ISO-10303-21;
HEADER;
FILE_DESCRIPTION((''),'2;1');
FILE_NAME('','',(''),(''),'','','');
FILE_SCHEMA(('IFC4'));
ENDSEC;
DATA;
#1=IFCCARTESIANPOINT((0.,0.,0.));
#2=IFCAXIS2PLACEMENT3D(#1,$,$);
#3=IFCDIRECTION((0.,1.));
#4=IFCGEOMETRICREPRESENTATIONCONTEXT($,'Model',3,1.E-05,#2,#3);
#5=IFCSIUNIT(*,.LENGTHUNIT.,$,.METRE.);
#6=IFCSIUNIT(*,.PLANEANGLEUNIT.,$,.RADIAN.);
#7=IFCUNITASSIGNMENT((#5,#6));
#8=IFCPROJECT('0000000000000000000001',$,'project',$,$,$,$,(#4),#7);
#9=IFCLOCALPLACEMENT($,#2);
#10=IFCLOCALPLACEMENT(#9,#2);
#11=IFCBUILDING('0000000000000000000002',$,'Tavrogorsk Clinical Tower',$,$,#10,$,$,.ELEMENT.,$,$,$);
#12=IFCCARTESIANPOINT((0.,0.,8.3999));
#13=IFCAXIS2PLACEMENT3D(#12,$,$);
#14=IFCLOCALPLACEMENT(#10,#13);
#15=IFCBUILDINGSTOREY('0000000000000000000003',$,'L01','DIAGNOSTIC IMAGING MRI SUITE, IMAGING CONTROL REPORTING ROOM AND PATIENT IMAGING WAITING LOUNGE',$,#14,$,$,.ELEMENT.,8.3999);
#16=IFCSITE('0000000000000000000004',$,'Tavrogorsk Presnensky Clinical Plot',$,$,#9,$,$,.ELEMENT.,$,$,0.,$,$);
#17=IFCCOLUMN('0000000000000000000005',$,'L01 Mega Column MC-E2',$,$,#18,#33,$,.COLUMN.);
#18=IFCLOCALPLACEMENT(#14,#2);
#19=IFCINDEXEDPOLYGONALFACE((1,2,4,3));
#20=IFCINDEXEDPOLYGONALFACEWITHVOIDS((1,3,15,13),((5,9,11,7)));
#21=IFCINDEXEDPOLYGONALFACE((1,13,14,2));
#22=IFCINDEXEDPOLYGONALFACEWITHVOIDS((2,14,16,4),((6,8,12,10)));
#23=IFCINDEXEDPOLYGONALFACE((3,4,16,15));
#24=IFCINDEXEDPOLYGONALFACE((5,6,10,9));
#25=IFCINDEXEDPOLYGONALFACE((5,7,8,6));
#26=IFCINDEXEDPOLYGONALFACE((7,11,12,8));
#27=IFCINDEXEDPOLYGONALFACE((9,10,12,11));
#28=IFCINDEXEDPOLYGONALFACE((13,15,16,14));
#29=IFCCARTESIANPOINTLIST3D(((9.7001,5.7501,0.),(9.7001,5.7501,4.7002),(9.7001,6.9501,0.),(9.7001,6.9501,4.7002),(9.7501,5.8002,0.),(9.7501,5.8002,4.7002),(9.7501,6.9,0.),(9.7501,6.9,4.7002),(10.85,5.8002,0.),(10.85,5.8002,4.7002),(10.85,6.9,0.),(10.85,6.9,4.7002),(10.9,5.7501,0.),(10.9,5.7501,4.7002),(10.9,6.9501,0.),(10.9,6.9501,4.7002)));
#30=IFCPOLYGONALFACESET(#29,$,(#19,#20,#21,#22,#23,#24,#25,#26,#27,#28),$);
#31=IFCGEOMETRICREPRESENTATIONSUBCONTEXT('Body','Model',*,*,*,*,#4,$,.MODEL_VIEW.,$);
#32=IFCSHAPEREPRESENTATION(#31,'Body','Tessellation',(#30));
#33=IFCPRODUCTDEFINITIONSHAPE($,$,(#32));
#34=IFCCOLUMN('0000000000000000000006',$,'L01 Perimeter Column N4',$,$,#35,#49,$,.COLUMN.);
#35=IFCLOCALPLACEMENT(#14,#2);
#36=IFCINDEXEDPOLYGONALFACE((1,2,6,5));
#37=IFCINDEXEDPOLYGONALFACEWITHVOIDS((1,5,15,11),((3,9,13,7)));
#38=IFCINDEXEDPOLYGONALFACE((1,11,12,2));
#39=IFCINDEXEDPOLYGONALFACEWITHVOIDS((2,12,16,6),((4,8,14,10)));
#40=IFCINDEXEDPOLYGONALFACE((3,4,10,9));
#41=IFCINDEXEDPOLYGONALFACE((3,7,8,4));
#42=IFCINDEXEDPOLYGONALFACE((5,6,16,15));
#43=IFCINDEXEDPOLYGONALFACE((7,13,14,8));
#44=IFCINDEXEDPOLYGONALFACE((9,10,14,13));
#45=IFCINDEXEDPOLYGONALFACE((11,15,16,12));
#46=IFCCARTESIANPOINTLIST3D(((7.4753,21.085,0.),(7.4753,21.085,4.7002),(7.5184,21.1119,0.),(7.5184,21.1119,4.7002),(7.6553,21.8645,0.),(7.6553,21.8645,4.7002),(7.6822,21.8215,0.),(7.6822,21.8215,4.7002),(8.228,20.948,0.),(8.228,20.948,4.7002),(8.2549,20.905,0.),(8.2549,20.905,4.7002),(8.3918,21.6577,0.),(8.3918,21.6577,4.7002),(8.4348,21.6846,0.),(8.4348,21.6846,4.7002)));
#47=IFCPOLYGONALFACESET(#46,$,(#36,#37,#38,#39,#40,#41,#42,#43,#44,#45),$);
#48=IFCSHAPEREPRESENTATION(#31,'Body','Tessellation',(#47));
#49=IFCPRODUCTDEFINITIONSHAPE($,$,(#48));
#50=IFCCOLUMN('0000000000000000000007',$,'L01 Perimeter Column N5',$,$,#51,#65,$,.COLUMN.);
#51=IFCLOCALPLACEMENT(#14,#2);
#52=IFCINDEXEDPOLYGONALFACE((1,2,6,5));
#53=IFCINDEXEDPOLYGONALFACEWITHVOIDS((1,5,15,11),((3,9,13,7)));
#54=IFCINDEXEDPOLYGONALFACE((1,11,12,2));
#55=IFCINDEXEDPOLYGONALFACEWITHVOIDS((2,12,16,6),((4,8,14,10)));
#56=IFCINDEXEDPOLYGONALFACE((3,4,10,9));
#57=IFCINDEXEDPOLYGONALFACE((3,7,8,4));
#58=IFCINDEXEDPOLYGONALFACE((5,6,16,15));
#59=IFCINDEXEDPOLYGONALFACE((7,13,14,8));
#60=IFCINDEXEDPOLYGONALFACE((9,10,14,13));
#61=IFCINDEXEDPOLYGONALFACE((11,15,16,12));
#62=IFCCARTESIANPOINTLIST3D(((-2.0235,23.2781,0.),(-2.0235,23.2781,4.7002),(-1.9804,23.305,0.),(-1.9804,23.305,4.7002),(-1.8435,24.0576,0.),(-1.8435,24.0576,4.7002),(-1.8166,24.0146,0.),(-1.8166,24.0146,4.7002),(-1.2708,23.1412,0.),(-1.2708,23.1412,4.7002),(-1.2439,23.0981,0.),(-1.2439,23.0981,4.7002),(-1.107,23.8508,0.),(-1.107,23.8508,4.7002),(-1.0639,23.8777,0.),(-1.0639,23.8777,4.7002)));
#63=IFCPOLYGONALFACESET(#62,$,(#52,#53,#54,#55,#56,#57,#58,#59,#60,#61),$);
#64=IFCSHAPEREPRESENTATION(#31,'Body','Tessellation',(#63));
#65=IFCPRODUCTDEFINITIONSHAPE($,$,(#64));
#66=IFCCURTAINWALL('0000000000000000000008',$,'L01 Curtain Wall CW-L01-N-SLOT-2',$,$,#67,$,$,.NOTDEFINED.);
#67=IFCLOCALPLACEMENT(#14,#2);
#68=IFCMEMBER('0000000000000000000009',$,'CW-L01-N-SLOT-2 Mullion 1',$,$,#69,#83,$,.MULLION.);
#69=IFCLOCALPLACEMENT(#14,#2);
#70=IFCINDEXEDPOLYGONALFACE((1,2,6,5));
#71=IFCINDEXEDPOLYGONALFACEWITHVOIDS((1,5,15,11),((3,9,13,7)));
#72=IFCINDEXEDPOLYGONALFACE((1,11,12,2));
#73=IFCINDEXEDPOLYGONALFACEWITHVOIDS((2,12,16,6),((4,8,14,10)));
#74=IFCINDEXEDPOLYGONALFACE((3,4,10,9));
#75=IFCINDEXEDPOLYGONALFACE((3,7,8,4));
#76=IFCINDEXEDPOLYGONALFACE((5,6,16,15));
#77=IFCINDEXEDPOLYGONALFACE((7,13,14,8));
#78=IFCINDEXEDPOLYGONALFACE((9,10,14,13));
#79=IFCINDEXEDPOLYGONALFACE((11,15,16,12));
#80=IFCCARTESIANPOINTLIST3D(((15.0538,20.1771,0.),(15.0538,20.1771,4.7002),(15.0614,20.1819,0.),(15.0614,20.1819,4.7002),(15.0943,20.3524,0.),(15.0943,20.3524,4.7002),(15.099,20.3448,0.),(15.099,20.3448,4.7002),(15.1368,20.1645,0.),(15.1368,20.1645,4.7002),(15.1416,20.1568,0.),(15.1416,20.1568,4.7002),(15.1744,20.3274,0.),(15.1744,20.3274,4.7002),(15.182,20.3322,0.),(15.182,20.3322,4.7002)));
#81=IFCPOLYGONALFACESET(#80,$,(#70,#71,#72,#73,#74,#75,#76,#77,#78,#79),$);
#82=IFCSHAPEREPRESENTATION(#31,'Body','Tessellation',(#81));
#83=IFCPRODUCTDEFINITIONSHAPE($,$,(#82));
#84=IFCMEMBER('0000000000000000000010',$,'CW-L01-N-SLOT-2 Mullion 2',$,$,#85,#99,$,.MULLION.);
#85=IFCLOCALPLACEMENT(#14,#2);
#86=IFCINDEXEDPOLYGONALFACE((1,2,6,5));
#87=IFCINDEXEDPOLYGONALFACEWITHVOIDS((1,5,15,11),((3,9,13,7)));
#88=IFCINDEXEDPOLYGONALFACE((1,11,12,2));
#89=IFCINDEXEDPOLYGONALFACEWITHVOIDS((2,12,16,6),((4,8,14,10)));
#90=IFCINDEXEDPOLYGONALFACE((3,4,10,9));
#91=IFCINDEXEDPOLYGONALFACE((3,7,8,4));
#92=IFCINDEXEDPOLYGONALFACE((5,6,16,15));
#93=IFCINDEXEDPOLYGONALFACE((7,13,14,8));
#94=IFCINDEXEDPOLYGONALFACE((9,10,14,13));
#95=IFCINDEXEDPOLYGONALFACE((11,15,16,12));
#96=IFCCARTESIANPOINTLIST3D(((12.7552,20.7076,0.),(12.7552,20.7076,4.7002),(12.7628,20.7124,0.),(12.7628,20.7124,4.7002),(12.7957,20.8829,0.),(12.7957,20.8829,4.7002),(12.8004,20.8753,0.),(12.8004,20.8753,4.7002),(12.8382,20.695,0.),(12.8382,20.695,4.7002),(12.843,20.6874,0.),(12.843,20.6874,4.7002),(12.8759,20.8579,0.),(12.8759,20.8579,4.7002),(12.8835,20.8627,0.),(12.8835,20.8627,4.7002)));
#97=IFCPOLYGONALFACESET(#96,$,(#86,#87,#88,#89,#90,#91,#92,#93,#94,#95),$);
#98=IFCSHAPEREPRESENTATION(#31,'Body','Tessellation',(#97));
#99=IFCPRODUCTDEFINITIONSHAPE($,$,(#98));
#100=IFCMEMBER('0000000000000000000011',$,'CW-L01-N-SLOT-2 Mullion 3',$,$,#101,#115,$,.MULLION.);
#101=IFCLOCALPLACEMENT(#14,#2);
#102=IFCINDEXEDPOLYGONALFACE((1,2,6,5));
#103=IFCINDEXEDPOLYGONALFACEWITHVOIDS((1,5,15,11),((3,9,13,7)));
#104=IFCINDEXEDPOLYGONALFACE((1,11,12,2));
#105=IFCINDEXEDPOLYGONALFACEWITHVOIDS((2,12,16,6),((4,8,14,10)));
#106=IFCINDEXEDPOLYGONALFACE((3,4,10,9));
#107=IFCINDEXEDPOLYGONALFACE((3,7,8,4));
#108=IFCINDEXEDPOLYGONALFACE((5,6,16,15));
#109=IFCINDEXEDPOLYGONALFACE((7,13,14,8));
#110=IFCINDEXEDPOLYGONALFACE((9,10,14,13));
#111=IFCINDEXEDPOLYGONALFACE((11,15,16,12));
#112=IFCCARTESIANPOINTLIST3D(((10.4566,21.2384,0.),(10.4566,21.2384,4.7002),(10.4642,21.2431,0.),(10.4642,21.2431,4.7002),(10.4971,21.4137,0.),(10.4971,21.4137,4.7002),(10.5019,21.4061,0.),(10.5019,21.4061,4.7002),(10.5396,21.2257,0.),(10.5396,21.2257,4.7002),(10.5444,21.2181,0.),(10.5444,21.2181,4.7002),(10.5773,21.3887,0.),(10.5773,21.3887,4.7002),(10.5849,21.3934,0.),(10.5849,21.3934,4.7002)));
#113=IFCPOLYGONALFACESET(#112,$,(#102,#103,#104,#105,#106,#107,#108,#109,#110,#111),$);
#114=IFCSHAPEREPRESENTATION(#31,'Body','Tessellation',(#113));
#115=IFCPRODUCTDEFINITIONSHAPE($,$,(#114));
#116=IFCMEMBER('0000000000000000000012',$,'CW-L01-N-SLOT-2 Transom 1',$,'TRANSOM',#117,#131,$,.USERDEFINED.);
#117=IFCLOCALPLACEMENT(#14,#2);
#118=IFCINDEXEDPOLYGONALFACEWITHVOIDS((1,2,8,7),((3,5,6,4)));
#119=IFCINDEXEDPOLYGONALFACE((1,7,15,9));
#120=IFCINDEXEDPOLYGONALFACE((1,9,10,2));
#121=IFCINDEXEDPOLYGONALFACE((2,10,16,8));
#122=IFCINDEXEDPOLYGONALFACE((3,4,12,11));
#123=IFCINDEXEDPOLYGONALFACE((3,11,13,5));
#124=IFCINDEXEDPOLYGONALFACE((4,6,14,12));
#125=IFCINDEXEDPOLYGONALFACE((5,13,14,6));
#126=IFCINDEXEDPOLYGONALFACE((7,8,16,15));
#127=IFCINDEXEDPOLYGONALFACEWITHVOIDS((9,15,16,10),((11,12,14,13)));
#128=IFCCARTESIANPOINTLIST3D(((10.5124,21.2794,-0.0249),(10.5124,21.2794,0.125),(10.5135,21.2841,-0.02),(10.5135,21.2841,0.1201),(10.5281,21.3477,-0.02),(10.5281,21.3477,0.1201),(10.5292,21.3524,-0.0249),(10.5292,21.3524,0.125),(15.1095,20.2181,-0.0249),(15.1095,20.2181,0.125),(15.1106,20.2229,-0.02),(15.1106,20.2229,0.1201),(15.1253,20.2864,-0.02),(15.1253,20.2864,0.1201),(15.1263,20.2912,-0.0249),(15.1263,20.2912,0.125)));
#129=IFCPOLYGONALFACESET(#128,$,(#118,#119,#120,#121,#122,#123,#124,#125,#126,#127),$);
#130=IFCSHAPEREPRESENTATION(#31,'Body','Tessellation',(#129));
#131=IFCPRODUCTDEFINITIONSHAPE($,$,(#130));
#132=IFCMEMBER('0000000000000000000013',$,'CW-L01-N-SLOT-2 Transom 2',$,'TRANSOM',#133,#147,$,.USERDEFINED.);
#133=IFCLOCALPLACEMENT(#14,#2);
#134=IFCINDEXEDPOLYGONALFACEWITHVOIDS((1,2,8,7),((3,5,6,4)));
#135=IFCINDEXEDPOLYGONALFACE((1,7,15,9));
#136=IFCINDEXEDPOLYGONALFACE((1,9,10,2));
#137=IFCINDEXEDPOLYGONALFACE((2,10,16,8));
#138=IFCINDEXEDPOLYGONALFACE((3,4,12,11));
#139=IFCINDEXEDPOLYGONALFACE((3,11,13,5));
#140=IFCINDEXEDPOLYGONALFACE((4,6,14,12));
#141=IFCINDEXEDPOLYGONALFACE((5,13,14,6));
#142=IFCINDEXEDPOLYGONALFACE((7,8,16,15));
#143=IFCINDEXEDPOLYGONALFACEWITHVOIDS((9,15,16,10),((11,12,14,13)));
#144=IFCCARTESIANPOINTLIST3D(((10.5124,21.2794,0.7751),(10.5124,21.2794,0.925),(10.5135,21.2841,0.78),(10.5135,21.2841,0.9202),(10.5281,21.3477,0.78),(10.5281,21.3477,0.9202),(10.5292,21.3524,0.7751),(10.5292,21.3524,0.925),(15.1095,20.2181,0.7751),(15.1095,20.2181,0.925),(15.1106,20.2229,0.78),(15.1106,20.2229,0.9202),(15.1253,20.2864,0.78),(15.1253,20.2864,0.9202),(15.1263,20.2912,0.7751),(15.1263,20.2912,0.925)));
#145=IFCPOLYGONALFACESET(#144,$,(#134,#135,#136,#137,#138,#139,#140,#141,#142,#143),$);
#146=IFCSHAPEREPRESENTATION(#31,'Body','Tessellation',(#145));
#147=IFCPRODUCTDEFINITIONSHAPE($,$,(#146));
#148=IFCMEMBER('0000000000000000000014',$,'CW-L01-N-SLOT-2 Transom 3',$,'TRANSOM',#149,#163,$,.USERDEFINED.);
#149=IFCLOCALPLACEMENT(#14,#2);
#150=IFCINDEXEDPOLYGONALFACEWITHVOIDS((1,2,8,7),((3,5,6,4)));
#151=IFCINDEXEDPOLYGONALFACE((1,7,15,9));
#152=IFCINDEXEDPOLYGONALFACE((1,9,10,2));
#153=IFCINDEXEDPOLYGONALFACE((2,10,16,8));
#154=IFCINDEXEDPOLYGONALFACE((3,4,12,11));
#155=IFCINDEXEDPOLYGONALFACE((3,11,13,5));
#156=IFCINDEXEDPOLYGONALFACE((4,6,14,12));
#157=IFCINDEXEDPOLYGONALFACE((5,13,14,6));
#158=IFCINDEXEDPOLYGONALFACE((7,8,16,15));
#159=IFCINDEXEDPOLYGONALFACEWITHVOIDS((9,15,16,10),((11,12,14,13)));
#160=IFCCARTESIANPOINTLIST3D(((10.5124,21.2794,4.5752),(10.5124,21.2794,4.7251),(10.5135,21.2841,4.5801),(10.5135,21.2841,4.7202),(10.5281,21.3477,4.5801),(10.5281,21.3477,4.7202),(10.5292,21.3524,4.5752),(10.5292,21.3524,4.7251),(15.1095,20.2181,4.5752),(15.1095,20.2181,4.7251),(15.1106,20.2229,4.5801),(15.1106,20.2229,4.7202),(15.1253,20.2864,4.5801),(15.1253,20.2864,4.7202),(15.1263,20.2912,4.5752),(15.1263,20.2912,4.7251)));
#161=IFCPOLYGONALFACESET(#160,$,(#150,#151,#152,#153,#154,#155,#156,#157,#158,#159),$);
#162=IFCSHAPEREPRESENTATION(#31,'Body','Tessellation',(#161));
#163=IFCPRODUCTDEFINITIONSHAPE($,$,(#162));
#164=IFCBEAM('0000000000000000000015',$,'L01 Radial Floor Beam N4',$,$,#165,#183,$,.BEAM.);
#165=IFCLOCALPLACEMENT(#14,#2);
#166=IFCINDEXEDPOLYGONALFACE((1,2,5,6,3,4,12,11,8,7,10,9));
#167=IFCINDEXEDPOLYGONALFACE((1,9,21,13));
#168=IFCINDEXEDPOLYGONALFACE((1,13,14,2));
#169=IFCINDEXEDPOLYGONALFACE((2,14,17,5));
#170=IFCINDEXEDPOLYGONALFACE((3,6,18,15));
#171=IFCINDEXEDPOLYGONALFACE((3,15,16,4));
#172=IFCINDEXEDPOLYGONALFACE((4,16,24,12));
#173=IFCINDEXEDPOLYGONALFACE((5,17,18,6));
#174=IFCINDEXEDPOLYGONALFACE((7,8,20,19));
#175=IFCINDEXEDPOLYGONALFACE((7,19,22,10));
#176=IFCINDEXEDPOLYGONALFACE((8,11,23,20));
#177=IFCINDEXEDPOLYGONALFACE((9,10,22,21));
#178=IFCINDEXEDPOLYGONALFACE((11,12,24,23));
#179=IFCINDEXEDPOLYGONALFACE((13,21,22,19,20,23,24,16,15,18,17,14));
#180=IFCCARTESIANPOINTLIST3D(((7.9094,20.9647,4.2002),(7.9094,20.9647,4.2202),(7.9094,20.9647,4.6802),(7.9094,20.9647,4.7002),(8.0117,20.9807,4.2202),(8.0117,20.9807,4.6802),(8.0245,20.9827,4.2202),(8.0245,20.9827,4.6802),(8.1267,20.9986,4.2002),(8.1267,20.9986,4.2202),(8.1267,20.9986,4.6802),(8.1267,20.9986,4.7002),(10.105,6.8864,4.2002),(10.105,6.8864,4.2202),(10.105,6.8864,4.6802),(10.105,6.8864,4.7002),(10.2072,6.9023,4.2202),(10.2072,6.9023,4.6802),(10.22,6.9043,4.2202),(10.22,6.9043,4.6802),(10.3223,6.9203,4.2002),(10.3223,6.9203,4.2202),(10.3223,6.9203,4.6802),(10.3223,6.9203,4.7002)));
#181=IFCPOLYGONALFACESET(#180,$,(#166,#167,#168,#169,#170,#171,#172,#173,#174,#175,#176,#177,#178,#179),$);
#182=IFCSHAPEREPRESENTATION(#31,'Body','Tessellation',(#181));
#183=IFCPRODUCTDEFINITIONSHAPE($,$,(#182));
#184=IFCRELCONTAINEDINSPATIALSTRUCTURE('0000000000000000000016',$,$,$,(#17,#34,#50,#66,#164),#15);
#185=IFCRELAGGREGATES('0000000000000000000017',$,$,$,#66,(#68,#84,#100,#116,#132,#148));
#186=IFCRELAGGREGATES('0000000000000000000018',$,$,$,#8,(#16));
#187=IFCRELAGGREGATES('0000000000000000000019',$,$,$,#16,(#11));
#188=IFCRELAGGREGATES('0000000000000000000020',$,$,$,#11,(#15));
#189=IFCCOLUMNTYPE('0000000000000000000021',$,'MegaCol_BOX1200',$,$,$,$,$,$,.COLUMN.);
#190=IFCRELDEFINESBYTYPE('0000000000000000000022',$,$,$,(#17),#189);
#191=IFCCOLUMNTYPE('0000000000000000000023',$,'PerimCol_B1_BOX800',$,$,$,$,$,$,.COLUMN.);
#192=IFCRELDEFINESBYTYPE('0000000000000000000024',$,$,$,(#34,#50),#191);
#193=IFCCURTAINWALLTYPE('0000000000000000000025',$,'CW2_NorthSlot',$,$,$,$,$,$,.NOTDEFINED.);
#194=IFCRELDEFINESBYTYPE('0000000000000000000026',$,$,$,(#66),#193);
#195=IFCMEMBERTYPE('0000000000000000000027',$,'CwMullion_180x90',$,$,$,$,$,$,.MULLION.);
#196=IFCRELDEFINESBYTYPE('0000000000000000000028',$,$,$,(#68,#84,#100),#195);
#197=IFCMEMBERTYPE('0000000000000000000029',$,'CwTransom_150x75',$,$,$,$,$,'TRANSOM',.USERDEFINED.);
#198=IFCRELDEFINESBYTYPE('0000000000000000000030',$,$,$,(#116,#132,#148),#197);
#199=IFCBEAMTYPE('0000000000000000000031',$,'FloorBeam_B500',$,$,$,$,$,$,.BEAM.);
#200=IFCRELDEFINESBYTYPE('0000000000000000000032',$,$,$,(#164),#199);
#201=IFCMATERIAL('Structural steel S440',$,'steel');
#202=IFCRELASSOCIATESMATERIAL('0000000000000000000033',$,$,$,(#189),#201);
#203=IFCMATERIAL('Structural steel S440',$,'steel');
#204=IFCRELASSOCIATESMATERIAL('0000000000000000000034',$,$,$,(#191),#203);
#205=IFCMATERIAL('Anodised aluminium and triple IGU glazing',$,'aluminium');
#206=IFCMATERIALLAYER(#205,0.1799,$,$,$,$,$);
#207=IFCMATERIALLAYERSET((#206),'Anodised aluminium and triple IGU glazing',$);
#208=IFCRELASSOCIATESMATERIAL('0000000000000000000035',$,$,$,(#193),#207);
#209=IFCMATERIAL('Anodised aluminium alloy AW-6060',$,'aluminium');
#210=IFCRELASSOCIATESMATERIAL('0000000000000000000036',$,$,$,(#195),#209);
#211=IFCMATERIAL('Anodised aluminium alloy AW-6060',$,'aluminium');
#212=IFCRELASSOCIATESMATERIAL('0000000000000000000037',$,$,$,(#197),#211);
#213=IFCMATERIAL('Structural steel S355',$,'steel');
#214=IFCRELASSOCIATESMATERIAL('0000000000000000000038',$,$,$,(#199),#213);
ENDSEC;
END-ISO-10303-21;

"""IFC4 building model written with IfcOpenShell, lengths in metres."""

from ifc_helpers import new_model, si_unit, direction, frame, origin, origin_2d, place, context, subcontext, project, spatial, hollow_rectangle, i_section, extrude, material, layer, layer_set, material_profile, profile_set, type_object, element, aggregate, save


model = new_model("IFC4")

# Units and contexts
model_context = context("Model", 3, precision=1e-05, world=origin(), true_north=direction((0.0, 1.0)))
body_context = subcontext(model_context, "Body", "Model", "MODEL_VIEW")
ifc_project = project(units=[si_unit("LENGTHUNIT", "METRE"), si_unit("PLANEANGLEUNIT", "RADIAN")], contexts=[model_context])

# Site, building, storey
site_placement = place(None, origin())
site = spatial("IfcSite", under=ifc_project, at=site_placement, Name="Tavrogorsk Presnensky Clinical Plot", CompositionType="ELEMENT", RefElevation=0.0)
building_placement = place(site_placement, origin())
building = spatial("IfcBuilding", under=site, at=building_placement, Name="Tavrogorsk Clinical Tower", CompositionType="ELEMENT")
storey_placement = place(building_placement, frame((0.0, 0.0, 8.3999)))
storey = spatial("IfcBuildingStorey", under=building, at=storey_placement, Name="L01", Description="DIAGNOSTIC IMAGING MRI SUITE, IMAGING CONTROL REPORTING ROOM AND PATIENT IMAGING WAITING LOUNGE", CompositionType="ELEMENT", Elevation=8.3999)

# Columns
ifc_material_1 = material(Name="Structural steel S440", Category="steel")
ifc_material_profile_1 = material_profile(ifc_material_1, hollow_rectangle(XDim=1.2, YDim=1.2, WallThickness=0.05, at=origin_2d()), Name="BOX-1200x1200x50")
ifc_profile_set_1 = profile_set([ifc_material_profile_1], Name="Structural steel S440")
column_type_1 = type_object("IfcColumnType", Name="MegaCol_BOX1200", PredefinedType="COLUMN", material=ifc_profile_set_1)
column_placement = place(storey_placement, frame((10.3, 6.3501, 0.0), z_axis=(0.0, 0.0, 1.0), x_axis=(1.0, 0.0, 0.0)))
element("IfcColumn", 1, at=column_placement, inside=storey, type_object=column_type_1, Name="L01 Mega Column MC-E2", PredefinedType="COLUMN", context=body_context, shape_type="SweptSolid", body=[
    extrude(hollow_rectangle(XDim=1.2, YDim=1.2, WallThickness=0.05, at=origin_2d()), origin(), (0.0, 0.0, 1.0), 4.7002),
])
ifc_material_2 = material(Name="Structural steel S440", Category="steel")
ifc_material_profile_2 = material_profile(ifc_material_2, hollow_rectangle(XDim=0.8, YDim=0.8, WallThickness=0.0359, at=origin_2d()), Name="BOX-800x800x36")
ifc_profile_set_2 = profile_set([ifc_material_profile_2], Name="Structural steel S440")
column_type_2 = type_object("IfcColumnType", Name="PerimCol_B1_BOX800", PredefinedType="COLUMN", material=ifc_profile_set_2)
for number, where, z_axis, x_axis, name in (
    (2, (7.9551, 21.3848, 0.0), (0.0, 0.0, 1.0), (0.97437, -0.224951, 0.0), "L01 Perimeter Column N4"),
    (3, (-1.5437, 23.5779, 0.0), (0.0, 0.0, 1.0), (0.97437, -0.224951, 0.0), "L01 Perimeter Column N5"),
):
    element("IfcColumn", number, at=place(storey_placement, frame(where, z_axis=z_axis, x_axis=x_axis)), inside=storey, type_object=column_type_2, Name=name, PredefinedType="COLUMN", context=body_context, shape_type="SweptSolid", body=[
        extrude(hollow_rectangle(XDim=0.8, YDim=0.8, WallThickness=0.0359, at=origin_2d()), origin(), (0.0, 0.0, 1.0), 4.7002),
    ])

# Curtain wall, members
ifc_material_3 = material(Name="Anodised aluminium and triple IGU glazing", Category="aluminium")
ifc_layer_1 = layer(ifc_material_3, 0.1799)
ifc_layer_set_1 = layer_set([ifc_layer_1], Name="Anodised aluminium and triple IGU glazing")
curtain_wall_type = type_object("IfcCurtainWallType", Name="CW2_NorthSlot", PredefinedType="NOTDEFINED", material=ifc_layer_set_1)
curtain_wall_placement = place(storey_placement, origin())
curtain_wall = element("IfcCurtainWall", 4, at=curtain_wall_placement, inside=storey, type_object=curtain_wall_type, Name="L01 Curtain Wall CW-L01-N-SLOT-2", PredefinedType="NOTDEFINED")
ifc_material_4 = material(Name="Anodised aluminium alloy AW-6060", Category="aluminium")
ifc_material_profile_3 = material_profile(ifc_material_4, hollow_rectangle(XDim=0.0901, YDim=0.1799, WallThickness=0.0063, at=origin_2d()), Name="RHS-180x90x6.3")
ifc_profile_set_3 = profile_set([ifc_material_profile_3], Name="Anodised aluminium alloy AW-6060")
member_type_1 = type_object("IfcMemberType", Name="CwMullion_180x90", PredefinedType="MULLION", material=ifc_profile_set_3)
member_1_placement = place(storey_placement, frame((15.1179, 20.2546, 0.0), z_axis=(0.0, 0.0, 1.0), x_axis=(-0.97437, 0.224951, 0.0)))
member_1 = element("IfcMember", 5, at=member_1_placement, type_object=member_type_1, Name="CW-L01-N-SLOT-2 Mullion 1", PredefinedType="MULLION", context=body_context, shape_type="SweptSolid", body=[
    extrude(hollow_rectangle(XDim=0.0901, YDim=0.1799, WallThickness=0.0063, at=origin_2d()), origin(), (0.0, 0.0, 1.0), 4.7002),
])
member_2_placement = place(storey_placement, frame((12.8193, 20.7852, 0.0), z_axis=(0.0, 0.0, 1.0), x_axis=(-0.97437, 0.224951, 0.0)))
member_2 = element("IfcMember", 6, at=member_2_placement, type_object=member_type_1, Name="CW-L01-N-SLOT-2 Mullion 2", PredefinedType="MULLION", context=body_context, shape_type="SweptSolid", body=[
    extrude(hollow_rectangle(XDim=0.0901, YDim=0.1799, WallThickness=0.0063, at=origin_2d()), origin(), (0.0, 0.0, 1.0), 4.7002),
])
member_3_placement = place(storey_placement, frame((10.5208, 21.3159, 0.0), z_axis=(0.0, 0.0, 1.0), x_axis=(-0.97437, 0.224951, 0.0)))
member_3 = element("IfcMember", 7, at=member_3_placement, type_object=member_type_1, Name="CW-L01-N-SLOT-2 Mullion 3", PredefinedType="MULLION", context=body_context, shape_type="SweptSolid", body=[
    extrude(hollow_rectangle(XDim=0.0901, YDim=0.1799, WallThickness=0.0063, at=origin_2d()), origin(), (0.0, 0.0, 1.0), 4.7002),
])
ifc_material_5 = material(Name="Anodised aluminium alloy AW-6060", Category="aluminium")
ifc_material_profile_4 = material_profile(ifc_material_5, hollow_rectangle(XDim=0.075, YDim=0.1499, WallThickness=0.0049, at=origin_2d()), Name="RHS-150x75x5")
ifc_profile_set_4 = profile_set([ifc_material_profile_4], Name="Anodised aluminium alloy AW-6060")
member_type_2 = type_object("IfcMemberType", Name="CwTransom_150x75", ElementType="TRANSOM", PredefinedType="USERDEFINED", material=ifc_profile_set_4)
member_4_placement = place(storey_placement, frame((15.1179, 20.2546, 0.05), z_axis=(-0.974373, 0.224939, 0.0), x_axis=(-0.224939, -0.974373, 0.0)))
member_4 = element("IfcMember", 8, at=member_4_placement, type_object=member_type_2, Name="CW-L01-N-SLOT-2 Transom 1", ObjectType="TRANSOM", PredefinedType="USERDEFINED", context=body_context, shape_type="SweptSolid", body=[
    extrude(hollow_rectangle(XDim=0.075, YDim=0.1499, WallThickness=0.0049, at=origin_2d()), origin(), (0.0, 0.0, 1.0), 4.718),
])
member_5_placement = place(storey_placement, frame((15.1179, 20.2546, 0.8501), z_axis=(-0.974373, 0.224939, 0.0), x_axis=(-0.224939, -0.974373, 0.0)))
member_5 = element("IfcMember", 9, at=member_5_placement, type_object=member_type_2, Name="CW-L01-N-SLOT-2 Transom 2", ObjectType="TRANSOM", PredefinedType="USERDEFINED", context=body_context, shape_type="SweptSolid", body=[
    extrude(hollow_rectangle(XDim=0.075, YDim=0.1499, WallThickness=0.0049, at=origin_2d()), origin(), (0.0, 0.0, 1.0), 4.718),
])
member_6_placement = place(storey_placement, frame((15.1179, 20.2546, 4.6501), z_axis=(-0.974373, 0.224939, 0.0), x_axis=(-0.224939, -0.974373, 0.0)))
member_6 = element("IfcMember", 10, at=member_6_placement, type_object=member_type_2, Name="CW-L01-N-SLOT-2 Transom 3", ObjectType="TRANSOM", PredefinedType="USERDEFINED", context=body_context, shape_type="SweptSolid", body=[
    extrude(hollow_rectangle(XDim=0.075, YDim=0.1499, WallThickness=0.0049, at=origin_2d()), origin(), (0.0, 0.0, 1.0), 4.718),
])

# Beam
ifc_material_6 = material(Name="Structural steel S355", Category="steel")
ifc_material_profile_5 = material_profile(ifc_material_6, i_section(OverallWidth=0.22, OverallDepth=0.5, WebThickness=0.0129, FlangeThickness=0.02, at=origin_2d()), Name="B-500x220x13x20")
ifc_profile_set_5 = profile_set([ifc_material_profile_5], Name="Structural steel S355")
beam_type_1 = type_object("IfcBeamType", Name="FloorBeam_B500", PredefinedType="BEAM", material=ifc_profile_set_5)
beam_placement = place(storey_placement, frame((10.2136, 6.9033, 4.4502), z_axis=(-0.15409, 0.988057, 0.0), x_axis=(-0.988057, -0.15409, 0.0)))
element("IfcBeam", 11, at=beam_placement, inside=storey, type_object=beam_type_1, Name="L01 Radial Floor Beam N4", PredefinedType="BEAM", context=body_context, shape_type="SweptSolid", body=[
    extrude(i_section(OverallWidth=0.22, OverallDepth=0.5, WebThickness=0.0129, FlangeThickness=0.02, at=origin_2d()), origin(), (0.0, 0.0, 1.0), 14.2485),
])

aggregate(curtain_wall, [member_1, member_2, member_3, member_4, member_5, member_6])

save(model, "model.ifc")
